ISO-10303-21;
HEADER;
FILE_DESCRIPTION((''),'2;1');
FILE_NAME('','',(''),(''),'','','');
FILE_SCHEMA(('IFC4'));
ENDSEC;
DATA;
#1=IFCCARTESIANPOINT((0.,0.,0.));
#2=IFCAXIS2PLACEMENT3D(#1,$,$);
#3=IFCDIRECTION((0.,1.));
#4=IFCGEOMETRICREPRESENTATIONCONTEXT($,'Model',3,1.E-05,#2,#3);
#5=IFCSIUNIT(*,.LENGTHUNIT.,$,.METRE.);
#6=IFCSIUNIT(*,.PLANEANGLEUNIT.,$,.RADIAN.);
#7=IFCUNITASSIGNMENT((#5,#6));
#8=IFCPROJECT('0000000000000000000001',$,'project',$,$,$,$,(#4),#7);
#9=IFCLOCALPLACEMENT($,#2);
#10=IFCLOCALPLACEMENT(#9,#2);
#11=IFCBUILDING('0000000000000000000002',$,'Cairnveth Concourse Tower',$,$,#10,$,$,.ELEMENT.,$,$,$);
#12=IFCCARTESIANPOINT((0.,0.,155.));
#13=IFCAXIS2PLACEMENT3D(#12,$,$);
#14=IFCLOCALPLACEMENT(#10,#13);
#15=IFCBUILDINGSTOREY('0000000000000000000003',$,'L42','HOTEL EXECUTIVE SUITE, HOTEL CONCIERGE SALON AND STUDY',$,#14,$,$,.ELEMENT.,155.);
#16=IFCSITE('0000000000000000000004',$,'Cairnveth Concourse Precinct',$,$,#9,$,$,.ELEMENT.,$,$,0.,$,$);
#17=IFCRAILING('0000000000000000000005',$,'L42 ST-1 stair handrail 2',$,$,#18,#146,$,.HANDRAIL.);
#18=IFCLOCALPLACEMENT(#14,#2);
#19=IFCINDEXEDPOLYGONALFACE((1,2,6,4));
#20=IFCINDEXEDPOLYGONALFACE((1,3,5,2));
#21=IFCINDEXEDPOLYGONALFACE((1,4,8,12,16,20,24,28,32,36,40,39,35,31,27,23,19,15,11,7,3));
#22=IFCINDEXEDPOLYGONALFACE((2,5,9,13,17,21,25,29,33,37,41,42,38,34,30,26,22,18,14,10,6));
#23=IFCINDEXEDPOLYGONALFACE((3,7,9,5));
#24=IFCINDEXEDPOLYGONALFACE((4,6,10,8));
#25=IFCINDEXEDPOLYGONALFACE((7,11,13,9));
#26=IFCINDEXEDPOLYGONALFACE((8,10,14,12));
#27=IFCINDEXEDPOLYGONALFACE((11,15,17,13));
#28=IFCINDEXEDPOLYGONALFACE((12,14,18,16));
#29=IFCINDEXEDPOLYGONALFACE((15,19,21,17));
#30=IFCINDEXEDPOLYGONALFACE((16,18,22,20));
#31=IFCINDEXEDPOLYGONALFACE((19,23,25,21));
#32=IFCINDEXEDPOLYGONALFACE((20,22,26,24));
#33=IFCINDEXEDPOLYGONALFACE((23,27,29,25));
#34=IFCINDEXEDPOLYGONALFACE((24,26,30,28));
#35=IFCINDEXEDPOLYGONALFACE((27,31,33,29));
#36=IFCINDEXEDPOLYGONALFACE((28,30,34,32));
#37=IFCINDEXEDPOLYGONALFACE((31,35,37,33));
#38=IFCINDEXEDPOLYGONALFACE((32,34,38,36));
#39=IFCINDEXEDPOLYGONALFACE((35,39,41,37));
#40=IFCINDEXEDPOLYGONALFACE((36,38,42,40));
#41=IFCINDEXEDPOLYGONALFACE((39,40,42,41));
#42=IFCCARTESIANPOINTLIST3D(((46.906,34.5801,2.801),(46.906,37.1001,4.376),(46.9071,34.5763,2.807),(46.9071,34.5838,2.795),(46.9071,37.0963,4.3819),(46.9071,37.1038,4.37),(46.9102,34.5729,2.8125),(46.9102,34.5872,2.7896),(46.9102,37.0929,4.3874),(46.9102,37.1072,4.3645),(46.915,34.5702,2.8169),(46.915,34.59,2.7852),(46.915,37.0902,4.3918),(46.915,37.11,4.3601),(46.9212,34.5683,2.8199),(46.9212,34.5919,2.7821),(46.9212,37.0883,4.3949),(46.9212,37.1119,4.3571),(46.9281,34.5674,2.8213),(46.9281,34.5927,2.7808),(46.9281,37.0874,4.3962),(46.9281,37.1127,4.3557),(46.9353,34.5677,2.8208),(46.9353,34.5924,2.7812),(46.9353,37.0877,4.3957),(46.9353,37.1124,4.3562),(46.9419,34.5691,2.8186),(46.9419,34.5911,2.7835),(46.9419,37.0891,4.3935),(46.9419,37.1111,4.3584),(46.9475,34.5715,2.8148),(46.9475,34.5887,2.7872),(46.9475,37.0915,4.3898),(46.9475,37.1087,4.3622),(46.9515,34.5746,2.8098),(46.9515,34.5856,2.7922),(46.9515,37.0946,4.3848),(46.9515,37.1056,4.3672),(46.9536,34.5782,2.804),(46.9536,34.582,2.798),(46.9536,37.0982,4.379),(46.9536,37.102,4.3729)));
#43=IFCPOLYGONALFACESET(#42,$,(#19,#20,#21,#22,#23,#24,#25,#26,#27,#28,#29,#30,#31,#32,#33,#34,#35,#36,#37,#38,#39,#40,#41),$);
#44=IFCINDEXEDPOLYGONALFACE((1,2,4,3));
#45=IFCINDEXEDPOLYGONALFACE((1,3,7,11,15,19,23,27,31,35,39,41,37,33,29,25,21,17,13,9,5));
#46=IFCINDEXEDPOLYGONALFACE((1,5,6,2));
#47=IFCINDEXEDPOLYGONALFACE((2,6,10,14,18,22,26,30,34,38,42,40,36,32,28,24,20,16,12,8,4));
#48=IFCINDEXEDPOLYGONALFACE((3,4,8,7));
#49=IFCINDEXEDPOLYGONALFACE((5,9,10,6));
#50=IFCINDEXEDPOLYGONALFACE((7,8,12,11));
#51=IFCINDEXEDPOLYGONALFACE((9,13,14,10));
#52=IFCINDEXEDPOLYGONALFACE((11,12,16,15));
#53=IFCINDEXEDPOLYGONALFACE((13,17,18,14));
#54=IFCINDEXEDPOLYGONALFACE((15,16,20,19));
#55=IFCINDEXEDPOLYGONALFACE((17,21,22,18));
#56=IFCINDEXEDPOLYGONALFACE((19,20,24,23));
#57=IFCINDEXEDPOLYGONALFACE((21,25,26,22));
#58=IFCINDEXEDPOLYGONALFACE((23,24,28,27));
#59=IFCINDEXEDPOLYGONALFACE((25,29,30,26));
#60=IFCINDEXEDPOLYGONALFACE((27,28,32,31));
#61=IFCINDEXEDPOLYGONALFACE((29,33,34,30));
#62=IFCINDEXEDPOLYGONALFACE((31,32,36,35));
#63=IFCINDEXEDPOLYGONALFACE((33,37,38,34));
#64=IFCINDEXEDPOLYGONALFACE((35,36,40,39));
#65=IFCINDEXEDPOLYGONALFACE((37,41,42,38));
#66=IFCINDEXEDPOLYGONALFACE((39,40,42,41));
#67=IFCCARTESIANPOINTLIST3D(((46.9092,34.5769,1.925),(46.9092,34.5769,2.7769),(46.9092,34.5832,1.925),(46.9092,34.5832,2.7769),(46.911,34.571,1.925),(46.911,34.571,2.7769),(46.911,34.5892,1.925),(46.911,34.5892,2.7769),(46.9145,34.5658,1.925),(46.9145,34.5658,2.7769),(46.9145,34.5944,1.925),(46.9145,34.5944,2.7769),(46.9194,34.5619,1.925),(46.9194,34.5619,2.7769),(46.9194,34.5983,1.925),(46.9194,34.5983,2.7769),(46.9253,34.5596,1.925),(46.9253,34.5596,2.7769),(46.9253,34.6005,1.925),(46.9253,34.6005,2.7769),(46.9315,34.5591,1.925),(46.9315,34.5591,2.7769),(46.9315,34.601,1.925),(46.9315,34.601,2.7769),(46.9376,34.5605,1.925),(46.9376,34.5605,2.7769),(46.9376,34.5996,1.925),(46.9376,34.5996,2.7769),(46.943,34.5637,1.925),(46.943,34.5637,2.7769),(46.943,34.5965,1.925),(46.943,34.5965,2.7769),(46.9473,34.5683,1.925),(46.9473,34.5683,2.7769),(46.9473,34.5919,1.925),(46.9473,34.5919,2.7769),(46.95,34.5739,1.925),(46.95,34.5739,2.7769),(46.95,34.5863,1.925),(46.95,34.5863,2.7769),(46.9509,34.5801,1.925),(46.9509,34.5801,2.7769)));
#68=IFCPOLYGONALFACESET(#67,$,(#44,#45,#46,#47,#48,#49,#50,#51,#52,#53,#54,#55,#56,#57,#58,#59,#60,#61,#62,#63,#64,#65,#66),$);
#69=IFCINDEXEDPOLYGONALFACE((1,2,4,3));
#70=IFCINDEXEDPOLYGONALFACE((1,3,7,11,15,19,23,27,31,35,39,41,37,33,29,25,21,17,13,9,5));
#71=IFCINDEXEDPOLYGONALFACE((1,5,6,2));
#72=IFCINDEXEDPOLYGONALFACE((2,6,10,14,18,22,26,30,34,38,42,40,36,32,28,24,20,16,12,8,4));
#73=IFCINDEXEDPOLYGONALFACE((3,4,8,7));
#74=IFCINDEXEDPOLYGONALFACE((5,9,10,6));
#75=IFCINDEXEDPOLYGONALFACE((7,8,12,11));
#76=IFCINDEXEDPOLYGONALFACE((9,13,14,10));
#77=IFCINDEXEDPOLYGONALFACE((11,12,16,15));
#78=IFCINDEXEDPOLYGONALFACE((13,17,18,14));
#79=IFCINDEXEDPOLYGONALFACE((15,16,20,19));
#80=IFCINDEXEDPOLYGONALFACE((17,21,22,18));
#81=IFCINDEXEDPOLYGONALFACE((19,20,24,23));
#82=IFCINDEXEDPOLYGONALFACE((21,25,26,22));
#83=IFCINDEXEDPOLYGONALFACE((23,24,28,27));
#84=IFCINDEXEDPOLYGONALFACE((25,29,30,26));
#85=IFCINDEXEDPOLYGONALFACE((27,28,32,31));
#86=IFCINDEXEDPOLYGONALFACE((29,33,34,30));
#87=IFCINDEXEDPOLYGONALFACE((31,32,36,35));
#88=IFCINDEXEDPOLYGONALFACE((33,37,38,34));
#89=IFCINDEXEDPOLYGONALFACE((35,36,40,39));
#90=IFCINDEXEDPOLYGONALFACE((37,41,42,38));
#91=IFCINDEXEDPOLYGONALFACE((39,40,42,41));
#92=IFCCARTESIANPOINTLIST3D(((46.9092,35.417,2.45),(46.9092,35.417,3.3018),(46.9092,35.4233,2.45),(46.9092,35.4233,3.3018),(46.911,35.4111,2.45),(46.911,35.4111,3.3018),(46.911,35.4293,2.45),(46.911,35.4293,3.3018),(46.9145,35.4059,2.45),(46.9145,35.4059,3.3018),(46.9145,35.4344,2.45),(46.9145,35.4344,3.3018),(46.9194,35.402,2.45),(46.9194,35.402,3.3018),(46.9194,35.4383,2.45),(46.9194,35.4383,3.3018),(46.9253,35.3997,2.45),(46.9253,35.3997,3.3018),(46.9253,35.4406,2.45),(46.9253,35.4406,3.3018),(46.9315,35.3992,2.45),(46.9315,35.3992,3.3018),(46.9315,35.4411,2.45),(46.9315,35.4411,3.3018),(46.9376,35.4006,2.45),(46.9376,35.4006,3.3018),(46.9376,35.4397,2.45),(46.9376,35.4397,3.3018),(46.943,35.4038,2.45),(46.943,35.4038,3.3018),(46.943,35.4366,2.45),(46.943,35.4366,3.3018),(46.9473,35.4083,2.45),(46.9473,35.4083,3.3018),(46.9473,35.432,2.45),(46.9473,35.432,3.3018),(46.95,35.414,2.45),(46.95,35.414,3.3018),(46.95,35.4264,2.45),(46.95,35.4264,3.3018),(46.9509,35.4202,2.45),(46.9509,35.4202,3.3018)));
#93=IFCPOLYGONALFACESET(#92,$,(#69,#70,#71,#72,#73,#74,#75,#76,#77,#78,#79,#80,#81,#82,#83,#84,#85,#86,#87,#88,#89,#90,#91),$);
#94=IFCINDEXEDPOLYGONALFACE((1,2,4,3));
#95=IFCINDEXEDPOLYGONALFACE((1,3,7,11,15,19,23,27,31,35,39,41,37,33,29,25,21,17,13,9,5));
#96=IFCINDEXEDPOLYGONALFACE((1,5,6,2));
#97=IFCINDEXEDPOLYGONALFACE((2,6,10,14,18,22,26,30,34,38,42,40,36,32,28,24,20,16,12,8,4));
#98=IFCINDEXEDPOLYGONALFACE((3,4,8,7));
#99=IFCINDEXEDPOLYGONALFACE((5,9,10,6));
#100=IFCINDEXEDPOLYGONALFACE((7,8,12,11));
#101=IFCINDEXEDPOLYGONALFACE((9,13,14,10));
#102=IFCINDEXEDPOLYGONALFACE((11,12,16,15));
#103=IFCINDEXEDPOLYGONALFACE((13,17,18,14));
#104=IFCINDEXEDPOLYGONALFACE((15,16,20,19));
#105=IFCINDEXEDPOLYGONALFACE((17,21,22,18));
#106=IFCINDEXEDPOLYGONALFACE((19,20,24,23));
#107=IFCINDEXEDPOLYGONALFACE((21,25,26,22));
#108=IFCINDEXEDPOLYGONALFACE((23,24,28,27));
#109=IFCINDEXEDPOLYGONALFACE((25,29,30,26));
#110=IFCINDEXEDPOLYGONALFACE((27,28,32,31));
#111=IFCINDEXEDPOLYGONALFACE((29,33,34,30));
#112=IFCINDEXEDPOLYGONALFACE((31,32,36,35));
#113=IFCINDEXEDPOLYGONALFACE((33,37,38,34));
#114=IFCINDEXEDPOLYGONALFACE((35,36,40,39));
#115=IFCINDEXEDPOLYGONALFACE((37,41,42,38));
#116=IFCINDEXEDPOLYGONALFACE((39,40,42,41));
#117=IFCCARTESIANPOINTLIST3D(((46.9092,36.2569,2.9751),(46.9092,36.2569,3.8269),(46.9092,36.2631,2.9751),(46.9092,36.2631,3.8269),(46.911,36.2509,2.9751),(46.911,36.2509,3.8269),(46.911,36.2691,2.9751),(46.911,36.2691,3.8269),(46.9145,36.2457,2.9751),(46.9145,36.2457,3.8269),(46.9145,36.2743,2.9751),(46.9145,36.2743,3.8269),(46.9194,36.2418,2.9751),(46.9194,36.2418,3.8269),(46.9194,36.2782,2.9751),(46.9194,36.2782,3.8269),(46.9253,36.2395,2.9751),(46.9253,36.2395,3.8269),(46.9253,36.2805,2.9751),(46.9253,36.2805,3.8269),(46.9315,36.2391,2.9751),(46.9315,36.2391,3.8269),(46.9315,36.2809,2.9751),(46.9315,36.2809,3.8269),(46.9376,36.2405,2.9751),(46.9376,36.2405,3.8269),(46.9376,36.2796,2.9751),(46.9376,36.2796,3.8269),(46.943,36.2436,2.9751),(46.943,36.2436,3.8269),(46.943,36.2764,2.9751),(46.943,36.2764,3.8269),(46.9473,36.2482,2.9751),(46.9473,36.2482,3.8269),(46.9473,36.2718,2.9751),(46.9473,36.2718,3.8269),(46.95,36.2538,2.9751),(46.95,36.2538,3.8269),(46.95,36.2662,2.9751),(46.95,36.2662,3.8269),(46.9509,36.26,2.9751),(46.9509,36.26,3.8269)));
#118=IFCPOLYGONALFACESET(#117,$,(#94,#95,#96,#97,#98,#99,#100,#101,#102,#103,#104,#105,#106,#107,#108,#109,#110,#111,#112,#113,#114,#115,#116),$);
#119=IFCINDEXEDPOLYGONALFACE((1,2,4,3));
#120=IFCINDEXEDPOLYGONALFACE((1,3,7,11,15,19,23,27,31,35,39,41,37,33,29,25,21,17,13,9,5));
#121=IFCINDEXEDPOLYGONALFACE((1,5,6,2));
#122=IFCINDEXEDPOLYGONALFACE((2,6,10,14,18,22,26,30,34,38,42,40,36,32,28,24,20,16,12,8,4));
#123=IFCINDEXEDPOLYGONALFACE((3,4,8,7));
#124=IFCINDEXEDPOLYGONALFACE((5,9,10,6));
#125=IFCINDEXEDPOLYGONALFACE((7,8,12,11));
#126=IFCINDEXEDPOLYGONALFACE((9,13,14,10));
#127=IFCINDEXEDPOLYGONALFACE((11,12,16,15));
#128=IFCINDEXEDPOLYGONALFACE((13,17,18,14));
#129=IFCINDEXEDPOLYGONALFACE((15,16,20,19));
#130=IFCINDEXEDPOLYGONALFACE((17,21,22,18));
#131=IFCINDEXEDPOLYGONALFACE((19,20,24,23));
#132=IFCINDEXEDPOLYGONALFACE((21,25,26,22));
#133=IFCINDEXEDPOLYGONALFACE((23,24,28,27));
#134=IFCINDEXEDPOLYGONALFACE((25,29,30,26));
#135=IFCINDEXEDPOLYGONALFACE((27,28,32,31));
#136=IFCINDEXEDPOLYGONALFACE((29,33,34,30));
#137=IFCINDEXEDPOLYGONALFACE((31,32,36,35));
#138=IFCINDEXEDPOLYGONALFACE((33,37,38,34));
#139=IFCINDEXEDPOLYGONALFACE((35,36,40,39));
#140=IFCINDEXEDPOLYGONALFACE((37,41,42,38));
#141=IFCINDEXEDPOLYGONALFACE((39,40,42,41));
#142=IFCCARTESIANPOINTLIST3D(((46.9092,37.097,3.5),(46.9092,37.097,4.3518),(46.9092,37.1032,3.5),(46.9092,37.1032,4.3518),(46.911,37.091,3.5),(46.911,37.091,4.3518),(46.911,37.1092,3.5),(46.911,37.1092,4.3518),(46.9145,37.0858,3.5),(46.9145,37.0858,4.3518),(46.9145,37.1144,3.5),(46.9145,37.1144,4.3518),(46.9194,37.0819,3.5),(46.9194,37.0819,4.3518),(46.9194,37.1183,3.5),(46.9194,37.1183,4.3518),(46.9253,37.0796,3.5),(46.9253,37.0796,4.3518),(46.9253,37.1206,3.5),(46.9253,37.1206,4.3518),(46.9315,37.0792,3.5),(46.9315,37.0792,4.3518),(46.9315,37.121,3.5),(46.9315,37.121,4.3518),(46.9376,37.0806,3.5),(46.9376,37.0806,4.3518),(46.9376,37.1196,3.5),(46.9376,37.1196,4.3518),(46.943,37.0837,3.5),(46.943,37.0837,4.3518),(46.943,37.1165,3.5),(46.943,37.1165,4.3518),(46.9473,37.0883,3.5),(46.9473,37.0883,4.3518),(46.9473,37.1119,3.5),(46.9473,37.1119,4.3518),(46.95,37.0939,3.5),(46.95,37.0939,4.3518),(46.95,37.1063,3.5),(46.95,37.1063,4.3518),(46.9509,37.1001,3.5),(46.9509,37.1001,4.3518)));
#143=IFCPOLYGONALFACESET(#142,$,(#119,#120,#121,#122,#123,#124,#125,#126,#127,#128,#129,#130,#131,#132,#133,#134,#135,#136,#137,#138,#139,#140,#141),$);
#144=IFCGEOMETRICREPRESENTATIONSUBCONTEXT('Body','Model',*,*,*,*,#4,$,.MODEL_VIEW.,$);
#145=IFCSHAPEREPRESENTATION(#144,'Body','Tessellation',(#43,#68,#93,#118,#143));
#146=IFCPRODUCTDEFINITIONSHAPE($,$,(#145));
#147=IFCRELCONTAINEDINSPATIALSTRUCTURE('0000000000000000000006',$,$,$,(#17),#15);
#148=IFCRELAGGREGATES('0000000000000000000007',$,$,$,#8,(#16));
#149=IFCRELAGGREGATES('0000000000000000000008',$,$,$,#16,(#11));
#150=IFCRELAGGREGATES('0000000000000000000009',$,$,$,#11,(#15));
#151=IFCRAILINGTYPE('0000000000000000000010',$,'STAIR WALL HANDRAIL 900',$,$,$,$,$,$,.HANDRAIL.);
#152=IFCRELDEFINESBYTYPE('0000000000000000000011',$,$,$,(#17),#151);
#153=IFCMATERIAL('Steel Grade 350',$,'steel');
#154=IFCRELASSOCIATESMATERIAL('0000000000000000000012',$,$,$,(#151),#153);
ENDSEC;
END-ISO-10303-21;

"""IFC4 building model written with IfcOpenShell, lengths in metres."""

from ifc_helpers import new_model, si_unit, direction, frame, origin, origin_2d, place, context, subcontext, project, spatial, circle, extrude, material, type_object, element, save


model = new_model("IFC4")

# Units and contexts
model_context = context("Model", 3, precision=1e-05, world=origin(), true_north=direction((0.0, 1.0)))
body_context = subcontext(model_context, "Body", "Model", "MODEL_VIEW")
ifc_project = project(units=[si_unit("LENGTHUNIT", "METRE"), si_unit("PLANEANGLEUNIT", "RADIAN")], contexts=[model_context])

# Site, building, storey
site_placement = place(None, origin())
site = spatial("IfcSite", under=ifc_project, at=site_placement, Name="Cairnveth Concourse Precinct", CompositionType="ELEMENT", RefElevation=0.0)
building_placement = place(site_placement, origin())
building = spatial("IfcBuilding", under=site, at=building_placement, Name="Cairnveth Concourse Tower", CompositionType="ELEMENT")
storey_placement = place(building_placement, frame((0.0, 0.0, 155.0)))
storey = spatial("IfcBuildingStorey", under=building, at=storey_placement, Name="L42", Description="HOTEL EXECUTIVE SUITE, HOTEL CONCIERGE SALON AND STUDY", CompositionType="ELEMENT", Elevation=155.0)

# Shared definitions
ifc_material_1 = material(Name="Steel Grade 350", Category="steel")

# Railing
railing_type_1 = type_object("IfcRailingType", Name="STAIR WALL HANDRAIL 900", PredefinedType="HANDRAIL", material=ifc_material_1)
railing_1_placement = place(storey_placement, frame((46.9299, 34.5801, 1.925)))
element("IfcRailing", 1, at=railing_1_placement, inside=storey, type_object=railing_type_1, Name="L42 ST-1 stair handrail 2", PredefinedType="HANDRAIL", context=body_context, shape_type="SweptSolid", body=[
    extrude(circle(Radius=0.0239, at=origin_2d()), frame((0.0, 0.0, 0.876), z_axis=(0.0, 0.848008, 0.529984), x_axis=(-1.0, 0.0, 0.0)), (0.0, 0.0, 1.0), 2.9717),
    extrude(circle(Radius=0.021, at=origin_2d()), origin(), (0.0, 0.0, 1.0), 0.8518),
    extrude(circle(Radius=0.021, at=origin_2d()), frame((0.0, 0.8401, 0.5249)), (0.0, 0.0, 1.0), 0.8518),
    extrude(circle(Radius=0.021, at=origin_2d()), frame((0.0, 1.6799, 1.05)), (0.0, 0.0, 1.0), 0.8518),
    extrude(circle(Radius=0.021, at=origin_2d()), frame((0.0, 2.52, 1.575)), (0.0, 0.0, 1.0), 0.8518),
])

save(model, "model.ifc")
